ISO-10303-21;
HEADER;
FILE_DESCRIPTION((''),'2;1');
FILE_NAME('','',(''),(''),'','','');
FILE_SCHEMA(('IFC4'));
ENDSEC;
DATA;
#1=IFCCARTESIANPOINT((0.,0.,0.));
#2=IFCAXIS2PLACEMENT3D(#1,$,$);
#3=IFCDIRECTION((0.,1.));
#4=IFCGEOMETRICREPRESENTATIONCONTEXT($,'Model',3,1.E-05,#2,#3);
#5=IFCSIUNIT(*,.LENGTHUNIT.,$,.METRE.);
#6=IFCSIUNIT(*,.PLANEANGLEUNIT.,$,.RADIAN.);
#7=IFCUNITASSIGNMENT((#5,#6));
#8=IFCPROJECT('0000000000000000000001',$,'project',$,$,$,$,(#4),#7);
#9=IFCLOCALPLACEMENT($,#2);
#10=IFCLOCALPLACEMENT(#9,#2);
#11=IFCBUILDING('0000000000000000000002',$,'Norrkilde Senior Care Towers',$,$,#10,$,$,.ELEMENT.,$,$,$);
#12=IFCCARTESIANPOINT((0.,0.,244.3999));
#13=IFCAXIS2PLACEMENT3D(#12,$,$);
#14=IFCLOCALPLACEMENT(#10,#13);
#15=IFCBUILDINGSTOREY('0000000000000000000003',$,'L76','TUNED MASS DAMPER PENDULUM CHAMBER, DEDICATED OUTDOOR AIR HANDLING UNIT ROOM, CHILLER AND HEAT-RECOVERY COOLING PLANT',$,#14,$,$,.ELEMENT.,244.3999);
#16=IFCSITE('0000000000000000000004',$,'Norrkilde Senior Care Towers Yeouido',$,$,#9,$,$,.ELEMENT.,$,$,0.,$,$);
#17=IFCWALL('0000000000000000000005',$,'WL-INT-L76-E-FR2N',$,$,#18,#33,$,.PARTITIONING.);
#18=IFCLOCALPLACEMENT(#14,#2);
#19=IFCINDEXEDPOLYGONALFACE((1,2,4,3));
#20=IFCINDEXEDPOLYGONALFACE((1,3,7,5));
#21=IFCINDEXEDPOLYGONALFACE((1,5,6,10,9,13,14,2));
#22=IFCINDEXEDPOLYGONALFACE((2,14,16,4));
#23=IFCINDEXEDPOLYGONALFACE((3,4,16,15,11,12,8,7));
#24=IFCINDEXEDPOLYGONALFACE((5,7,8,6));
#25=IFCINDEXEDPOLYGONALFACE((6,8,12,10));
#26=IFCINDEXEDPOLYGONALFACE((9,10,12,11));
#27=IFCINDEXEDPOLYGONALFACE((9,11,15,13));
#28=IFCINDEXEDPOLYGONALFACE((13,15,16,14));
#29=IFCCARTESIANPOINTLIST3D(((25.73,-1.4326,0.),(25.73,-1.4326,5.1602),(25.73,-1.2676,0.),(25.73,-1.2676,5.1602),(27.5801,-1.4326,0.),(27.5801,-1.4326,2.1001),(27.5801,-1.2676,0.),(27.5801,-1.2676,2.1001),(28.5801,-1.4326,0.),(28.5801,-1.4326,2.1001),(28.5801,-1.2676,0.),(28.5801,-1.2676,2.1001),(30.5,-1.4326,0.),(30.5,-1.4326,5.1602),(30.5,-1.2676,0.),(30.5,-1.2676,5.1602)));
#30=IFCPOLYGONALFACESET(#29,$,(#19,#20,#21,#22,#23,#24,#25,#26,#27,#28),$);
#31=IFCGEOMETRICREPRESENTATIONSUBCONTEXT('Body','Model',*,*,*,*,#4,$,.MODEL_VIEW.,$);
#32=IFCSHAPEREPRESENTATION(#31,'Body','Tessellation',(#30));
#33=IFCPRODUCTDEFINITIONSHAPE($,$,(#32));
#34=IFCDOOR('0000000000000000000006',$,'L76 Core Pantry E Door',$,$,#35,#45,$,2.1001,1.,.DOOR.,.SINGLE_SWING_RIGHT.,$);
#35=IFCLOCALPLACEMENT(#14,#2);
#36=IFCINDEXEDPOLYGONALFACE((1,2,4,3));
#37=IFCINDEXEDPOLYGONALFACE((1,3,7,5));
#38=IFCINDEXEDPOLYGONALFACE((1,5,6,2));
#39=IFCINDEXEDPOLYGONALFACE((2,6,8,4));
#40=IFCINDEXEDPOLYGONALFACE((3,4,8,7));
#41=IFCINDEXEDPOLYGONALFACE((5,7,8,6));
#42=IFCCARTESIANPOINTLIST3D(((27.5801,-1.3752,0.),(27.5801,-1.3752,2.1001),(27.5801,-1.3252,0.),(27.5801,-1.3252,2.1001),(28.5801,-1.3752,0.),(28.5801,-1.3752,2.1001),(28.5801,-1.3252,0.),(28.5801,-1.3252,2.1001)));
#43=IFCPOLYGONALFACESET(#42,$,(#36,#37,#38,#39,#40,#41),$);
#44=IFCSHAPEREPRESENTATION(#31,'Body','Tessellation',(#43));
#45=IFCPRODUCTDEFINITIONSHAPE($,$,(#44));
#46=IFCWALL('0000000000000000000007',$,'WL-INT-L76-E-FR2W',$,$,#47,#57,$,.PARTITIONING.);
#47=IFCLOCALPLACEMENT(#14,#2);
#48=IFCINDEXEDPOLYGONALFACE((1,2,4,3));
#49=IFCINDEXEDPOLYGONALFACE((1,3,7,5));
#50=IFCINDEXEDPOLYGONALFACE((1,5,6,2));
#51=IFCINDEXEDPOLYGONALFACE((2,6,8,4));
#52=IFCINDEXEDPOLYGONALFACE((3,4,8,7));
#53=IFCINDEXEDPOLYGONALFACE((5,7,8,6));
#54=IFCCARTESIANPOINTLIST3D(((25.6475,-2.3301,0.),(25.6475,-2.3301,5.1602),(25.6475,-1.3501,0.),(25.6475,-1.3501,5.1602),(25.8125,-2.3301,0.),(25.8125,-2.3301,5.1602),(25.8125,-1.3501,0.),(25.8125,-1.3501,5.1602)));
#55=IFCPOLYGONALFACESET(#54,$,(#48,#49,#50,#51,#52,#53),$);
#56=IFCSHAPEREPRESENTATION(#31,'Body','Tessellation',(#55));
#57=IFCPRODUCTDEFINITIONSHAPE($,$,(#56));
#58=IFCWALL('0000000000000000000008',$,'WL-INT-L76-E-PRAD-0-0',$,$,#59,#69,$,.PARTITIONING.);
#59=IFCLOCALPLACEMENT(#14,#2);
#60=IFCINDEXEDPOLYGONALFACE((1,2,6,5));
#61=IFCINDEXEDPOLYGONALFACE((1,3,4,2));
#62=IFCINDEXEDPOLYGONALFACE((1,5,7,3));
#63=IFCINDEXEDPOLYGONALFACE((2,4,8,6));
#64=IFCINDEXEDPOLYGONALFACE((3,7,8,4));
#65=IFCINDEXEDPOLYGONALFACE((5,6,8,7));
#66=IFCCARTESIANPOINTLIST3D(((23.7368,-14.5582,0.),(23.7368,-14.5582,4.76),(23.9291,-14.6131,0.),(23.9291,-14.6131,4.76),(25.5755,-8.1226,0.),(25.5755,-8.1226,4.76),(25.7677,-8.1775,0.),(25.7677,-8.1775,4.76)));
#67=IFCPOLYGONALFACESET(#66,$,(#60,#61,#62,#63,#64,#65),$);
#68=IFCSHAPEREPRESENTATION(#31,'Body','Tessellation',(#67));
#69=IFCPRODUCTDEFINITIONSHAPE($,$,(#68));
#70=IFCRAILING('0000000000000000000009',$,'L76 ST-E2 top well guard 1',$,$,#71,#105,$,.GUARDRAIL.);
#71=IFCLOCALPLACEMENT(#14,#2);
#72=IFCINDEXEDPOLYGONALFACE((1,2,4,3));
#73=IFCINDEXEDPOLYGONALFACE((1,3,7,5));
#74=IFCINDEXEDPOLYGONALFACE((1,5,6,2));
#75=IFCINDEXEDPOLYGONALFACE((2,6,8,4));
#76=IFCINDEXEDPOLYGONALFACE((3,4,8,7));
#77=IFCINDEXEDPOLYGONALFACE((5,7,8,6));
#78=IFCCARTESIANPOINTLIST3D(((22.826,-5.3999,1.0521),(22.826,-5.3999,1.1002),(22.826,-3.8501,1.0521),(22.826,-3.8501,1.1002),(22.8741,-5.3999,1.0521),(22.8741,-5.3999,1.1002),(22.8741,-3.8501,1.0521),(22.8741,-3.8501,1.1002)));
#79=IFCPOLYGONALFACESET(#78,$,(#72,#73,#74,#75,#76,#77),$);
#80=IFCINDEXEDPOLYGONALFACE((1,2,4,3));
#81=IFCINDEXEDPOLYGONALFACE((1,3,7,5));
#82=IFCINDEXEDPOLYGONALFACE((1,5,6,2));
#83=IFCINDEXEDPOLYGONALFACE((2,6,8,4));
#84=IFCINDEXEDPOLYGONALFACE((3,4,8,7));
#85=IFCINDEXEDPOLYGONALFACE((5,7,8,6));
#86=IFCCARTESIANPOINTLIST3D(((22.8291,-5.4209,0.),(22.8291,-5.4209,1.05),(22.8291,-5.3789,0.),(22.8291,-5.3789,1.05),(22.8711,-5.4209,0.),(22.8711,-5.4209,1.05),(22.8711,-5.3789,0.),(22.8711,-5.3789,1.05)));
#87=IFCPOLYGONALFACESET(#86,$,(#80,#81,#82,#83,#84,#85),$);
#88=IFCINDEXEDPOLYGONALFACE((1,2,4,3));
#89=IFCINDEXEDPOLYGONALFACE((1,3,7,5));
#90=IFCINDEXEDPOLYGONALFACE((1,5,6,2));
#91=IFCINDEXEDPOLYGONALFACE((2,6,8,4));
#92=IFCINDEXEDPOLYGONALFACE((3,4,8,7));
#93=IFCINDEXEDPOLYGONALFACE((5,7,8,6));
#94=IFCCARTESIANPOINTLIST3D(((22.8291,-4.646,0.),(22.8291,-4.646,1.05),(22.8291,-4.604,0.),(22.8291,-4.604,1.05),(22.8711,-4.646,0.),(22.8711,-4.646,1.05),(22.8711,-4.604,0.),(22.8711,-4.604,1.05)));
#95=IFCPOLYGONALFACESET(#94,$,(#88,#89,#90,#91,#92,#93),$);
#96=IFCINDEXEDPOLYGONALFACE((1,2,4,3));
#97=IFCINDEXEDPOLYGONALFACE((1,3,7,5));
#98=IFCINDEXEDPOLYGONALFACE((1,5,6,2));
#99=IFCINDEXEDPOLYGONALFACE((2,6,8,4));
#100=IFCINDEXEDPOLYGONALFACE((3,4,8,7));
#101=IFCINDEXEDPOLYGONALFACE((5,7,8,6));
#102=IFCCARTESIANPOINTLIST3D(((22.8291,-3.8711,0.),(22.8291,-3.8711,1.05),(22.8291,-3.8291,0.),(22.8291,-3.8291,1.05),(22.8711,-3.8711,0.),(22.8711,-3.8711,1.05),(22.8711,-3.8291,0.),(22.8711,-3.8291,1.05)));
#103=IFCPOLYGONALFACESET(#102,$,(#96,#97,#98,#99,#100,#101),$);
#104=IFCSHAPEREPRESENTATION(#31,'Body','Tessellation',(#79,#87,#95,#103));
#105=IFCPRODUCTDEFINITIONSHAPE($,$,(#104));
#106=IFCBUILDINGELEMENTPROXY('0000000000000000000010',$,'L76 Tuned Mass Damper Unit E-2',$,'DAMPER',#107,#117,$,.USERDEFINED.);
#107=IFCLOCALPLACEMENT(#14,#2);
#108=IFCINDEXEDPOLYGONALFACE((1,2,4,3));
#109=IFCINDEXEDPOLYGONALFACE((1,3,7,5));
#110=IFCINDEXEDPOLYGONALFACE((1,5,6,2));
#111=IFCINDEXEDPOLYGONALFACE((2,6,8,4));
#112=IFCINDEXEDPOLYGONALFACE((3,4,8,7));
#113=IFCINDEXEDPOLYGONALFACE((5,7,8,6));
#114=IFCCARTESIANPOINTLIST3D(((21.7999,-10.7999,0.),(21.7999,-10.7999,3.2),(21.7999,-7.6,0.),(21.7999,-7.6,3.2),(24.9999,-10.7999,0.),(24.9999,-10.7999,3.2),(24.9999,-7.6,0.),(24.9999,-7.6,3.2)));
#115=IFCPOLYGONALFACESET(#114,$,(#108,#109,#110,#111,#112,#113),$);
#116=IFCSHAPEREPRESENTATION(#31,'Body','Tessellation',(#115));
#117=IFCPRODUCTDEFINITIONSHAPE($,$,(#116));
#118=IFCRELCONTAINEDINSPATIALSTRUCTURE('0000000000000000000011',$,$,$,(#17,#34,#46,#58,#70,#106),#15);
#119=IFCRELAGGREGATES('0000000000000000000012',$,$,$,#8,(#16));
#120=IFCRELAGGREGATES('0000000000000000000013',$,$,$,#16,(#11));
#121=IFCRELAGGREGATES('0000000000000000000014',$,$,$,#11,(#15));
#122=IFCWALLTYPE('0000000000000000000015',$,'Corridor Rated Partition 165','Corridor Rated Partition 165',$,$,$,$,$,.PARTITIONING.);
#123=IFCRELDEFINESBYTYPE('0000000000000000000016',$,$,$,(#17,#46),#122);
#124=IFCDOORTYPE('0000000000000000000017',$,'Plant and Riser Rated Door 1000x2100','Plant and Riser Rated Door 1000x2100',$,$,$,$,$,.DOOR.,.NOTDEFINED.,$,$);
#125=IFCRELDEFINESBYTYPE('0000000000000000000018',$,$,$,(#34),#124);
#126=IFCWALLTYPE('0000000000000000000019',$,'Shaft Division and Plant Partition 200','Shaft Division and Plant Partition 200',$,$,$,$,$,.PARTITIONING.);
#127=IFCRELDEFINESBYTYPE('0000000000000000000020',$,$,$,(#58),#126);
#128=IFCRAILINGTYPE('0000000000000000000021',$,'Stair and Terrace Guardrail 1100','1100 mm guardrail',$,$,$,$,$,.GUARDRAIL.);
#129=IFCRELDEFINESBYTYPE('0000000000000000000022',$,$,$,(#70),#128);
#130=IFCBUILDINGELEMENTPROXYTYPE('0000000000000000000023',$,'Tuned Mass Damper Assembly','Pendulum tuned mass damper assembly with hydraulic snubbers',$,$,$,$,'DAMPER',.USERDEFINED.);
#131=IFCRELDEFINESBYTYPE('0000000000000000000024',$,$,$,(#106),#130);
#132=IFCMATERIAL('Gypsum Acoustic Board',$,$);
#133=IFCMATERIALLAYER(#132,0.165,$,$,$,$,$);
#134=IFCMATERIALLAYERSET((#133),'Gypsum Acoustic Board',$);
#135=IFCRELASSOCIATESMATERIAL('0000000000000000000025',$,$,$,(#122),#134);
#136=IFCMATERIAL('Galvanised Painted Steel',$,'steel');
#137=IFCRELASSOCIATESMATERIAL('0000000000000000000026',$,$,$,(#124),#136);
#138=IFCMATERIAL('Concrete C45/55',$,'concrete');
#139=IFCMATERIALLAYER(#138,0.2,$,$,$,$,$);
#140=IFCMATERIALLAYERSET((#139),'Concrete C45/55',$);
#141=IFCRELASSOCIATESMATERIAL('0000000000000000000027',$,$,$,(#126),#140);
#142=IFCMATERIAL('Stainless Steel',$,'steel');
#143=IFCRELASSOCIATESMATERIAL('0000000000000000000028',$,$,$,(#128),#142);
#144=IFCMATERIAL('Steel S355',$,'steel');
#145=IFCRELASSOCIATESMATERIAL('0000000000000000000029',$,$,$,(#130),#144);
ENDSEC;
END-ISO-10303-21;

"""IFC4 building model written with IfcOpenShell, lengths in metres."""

from ifc_helpers import new_model, si_unit, direction, frame, frame_2d, origin, origin_2d, place, context, subcontext, project, spatial, rectangle, extrude, source, transform, mapped, material, layer, layer_set, type_object, type_shapes, element, fill, save


model = new_model("IFC4")

# Units and contexts
model_context = context("Model", 3, precision=1e-05, world=origin(), true_north=direction((0.0, 1.0)))
body_context = subcontext(model_context, "Body", "Model", "MODEL_VIEW")
ifc_project = project(units=[si_unit("LENGTHUNIT", "METRE"), si_unit("PLANEANGLEUNIT", "RADIAN")], contexts=[model_context])

# Site, building, storey
site_placement = place(None, origin())
site = spatial("IfcSite", under=ifc_project, at=site_placement, Name="Norrkilde Senior Care Towers Yeouido", CompositionType="ELEMENT", RefElevation=0.0)
building_placement = place(site_placement, origin())
building = spatial("IfcBuilding", under=site, at=building_placement, Name="Norrkilde Senior Care Towers", CompositionType="ELEMENT")
storey_placement = place(building_placement, frame((0.0, 0.0, 244.3999)))
storey = spatial("IfcBuildingStorey", under=building, at=storey_placement, Name="L76", Description="TUNED MASS DAMPER PENDULUM CHAMBER, DEDICATED OUTDOOR AIR HANDLING UNIT ROOM, CHILLER AND HEAT-RECOVERY COOLING PLANT", CompositionType="ELEMENT", Elevation=244.3999)

# Shared definitions
ifc_material_1 = material(Name="Steel S355", Category="steel")

# Shared definitions
ifc_material_2 = material(Name="Galvanised Painted Steel", Category="steel")
ifc_material_3 = material(Name="Concrete C45/55", Category="concrete")

# Wall, opening, door
ifc_material_4 = material(Name="Gypsum Acoustic Board")
ifc_layer_1 = layer(ifc_material_4, 0.165)
ifc_layer_set_1 = layer_set([ifc_layer_1], Name="Gypsum Acoustic Board")
wall_type_1 = type_object("IfcWallType", Name="Corridor Rated Partition 165", Description="Corridor Rated Partition 165", PredefinedType="PARTITIONING", material=ifc_layer_set_1)
shared_shape_1 = source(origin(), body_context, "Body", "SweptSolid", [
    extrude(rectangle(XDim=4.77, YDim=0.165, at=frame_2d((2.385, 0.0))), origin(), (0.0, 0.0, 1.0), 5.1602),
])
wall_1_placement = place(storey_placement, frame((25.73, -1.3501, 0.0), z_axis=(0.0, 0.0, 1.0), x_axis=(1.0, 0.0, 0.0)))
wall_1 = element("IfcWall", 1, at=wall_1_placement, inside=storey, type_object=wall_type_1, Name="WL-INT-L76-E-FR2N", PredefinedType="PARTITIONING", context=body_context, shape_type="MappedRepresentation", body=[
    mapped(shared_shape_1, transform((0.0, 0.0, 0.0), x_axis=(1.0, 0.0, 0.0), y_axis=(0.0, 1.0, 0.0), z_axis=(0.0, 0.0, 1.0), scale=1.0)),
])
opening_1_placement = place(wall_1_placement, frame((1.8501, 0.0, 0.0)))
opening_1 = element("IfcOpeningElement", 2, at=opening_1_placement, cuts=wall_1, PredefinedType="OPENING", context=body_context, shape_type="SweptSolid", body=[
    extrude(rectangle(XDim=1.0, YDim=2.1001, at=frame_2d((0.5, 1.05))), frame((0.0, 0.0925, 0.0), z_axis=(0.0, -1.0, 0.0), x_axis=(1.0, 0.0, 0.0)), (0.0, 0.0, 1.0), 0.1851),
])
door_type_1 = type_object("IfcDoorType", Name="Plant and Riser Rated Door 1000x2100", Description="Plant and Riser Rated Door 1000x2100", OperationType="NOTDEFINED", PredefinedType="DOOR", material=ifc_material_2)
shared_shape_2 = source(origin(), body_context, "Body", "SweptSolid", [
    extrude(rectangle(XDim=1.0, YDim=2.1001, at=frame_2d((0.5, 1.05))), frame((0.0, 0.0249, 0.0), z_axis=(0.0, -1.0, 0.0), x_axis=(1.0, 0.0, 0.0)), (0.0, 0.0, 1.0), 0.05),
])
type_shapes(door_type_1, [shared_shape_2])
door_1_placement = place(opening_1_placement, origin())
door_1 = element("IfcDoor", 3, at=door_1_placement, inside=storey, type_object=door_type_1, Name="L76 Core Pantry E Door", OperationType="SINGLE_SWING_RIGHT", OverallHeight=2.1001, OverallWidth=1.0, PredefinedType="DOOR", context=body_context, shape_type="MappedRepresentation", body=[
    mapped(shared_shape_2, transform((0.0, 0.0, 0.0), x_axis=(1.0, 0.0, 0.0), y_axis=(0.0, 1.0, 0.0), z_axis=(0.0, 0.0, 1.0), scale=1.0)),
])
fill(opening_1, door_1)

# Walls
shared_shape_3 = source(origin(), body_context, "Body", "SweptSolid", [
    extrude(rectangle(XDim=0.98, YDim=0.165, at=frame_2d((0.49, 0.0))), origin(), (0.0, 0.0, 1.0), 5.1602),
])
type_shapes(wall_type_1, [shared_shape_1, shared_shape_3])
wall_2_placement = place(storey_placement, frame((25.73, -2.3301, 0.0), z_axis=(0.0, 0.0, 1.0), x_axis=(0.0, 1.0, 0.0)))
element("IfcWall", 4, at=wall_2_placement, inside=storey, type_object=wall_type_1, Name="WL-INT-L76-E-FR2W", PredefinedType="PARTITIONING", context=body_context, shape_type="MappedRepresentation", body=[
    mapped(shared_shape_3, transform((0.0, 0.0, 0.0), x_axis=(1.0, 0.0, 0.0), y_axis=(0.0, 1.0, 0.0), z_axis=(0.0, 0.0, 1.0), scale=1.0)),
])
ifc_layer_2 = layer(ifc_material_3, 0.2)
ifc_layer_set_2 = layer_set([ifc_layer_2], Name="Concrete C45/55")
wall_type_2 = type_object("IfcWallType", Name="Shaft Division and Plant Partition 200", Description="Shaft Division and Plant Partition 200", PredefinedType="PARTITIONING", material=ifc_layer_set_2)
shared_shape_4 = source(origin(), body_context, "Body", "SweptSolid", [
    extrude(rectangle(XDim=6.6931, YDim=0.2, at=frame_2d((3.3467, 0.0))), origin(), (0.0, 0.0, 1.0), 4.76),
])
type_shapes(wall_type_2, [shared_shape_4])
wall_3_placement = place(storey_placement, frame((25.6716, -8.1499, 0.0), z_axis=(0.0, 0.0, 1.0), x_axis=(-0.274707, -0.961528, 0.0)))
element("IfcWall", 5, at=wall_3_placement, inside=storey, type_object=wall_type_2, Name="WL-INT-L76-E-PRAD-0-0", PredefinedType="PARTITIONING", context=body_context, shape_type="MappedRepresentation", body=[
    mapped(shared_shape_4, transform((0.0, 0.0, 0.0), x_axis=(1.0, 0.0, 0.0), y_axis=(0.0, 1.0, 0.0), z_axis=(0.0, 0.0, 1.0), scale=1.0)),
])

# Railing
ifc_material_5 = material(Name="Stainless Steel", Category="steel")
railing_type = type_object("IfcRailingType", Name="Stair and Terrace Guardrail 1100", Description="1100 mm guardrail", PredefinedType="GUARDRAIL", material=ifc_material_5)
railing_placement = place(storey_placement, frame((22.8501, -5.3999, 0.0)))
element("IfcRailing", 6, at=railing_placement, inside=storey, type_object=railing_type, Name="L76 ST-E2 top well guard 1", PredefinedType="GUARDRAIL", context=body_context, shape_type="SweptSolid", body=[
    extrude(rectangle(XDim=0.0481, YDim=0.0481, at=origin_2d()), frame((0.0, 0.0, 1.0762), z_axis=(0.0, 1.0, 0.0), x_axis=(-1.0, 0.0, 0.0)), (0.0, 0.0, 1.0), 1.5498),
    extrude(rectangle(XDim=0.042, YDim=0.042, at=origin_2d()), origin(), (0.0, 0.0, 1.0), 1.05),
    extrude(rectangle(XDim=0.042, YDim=0.042, at=origin_2d()), frame((0.0, 0.7749, 0.0)), (0.0, 0.0, 1.0), 1.05),
    extrude(rectangle(XDim=0.042, YDim=0.042, at=origin_2d()), frame((0.0, 1.5498, 0.0)), (0.0, 0.0, 1.0), 1.05),
])

# Building element proxy
building_element_proxy_type = type_object("IfcBuildingElementProxyType", Name="Tuned Mass Damper Assembly", Description="Pendulum tuned mass damper assembly with hydraulic snubbers", ElementType="DAMPER", PredefinedType="USERDEFINED", material=ifc_material_1)
shared_shape_5 = source(origin(), body_context, "Body", "SweptSolid", [
    extrude(rectangle(XDim=3.2, YDim=3.2, at=origin_2d()), origin(), (0.0, 0.0, 1.0), 3.2),
])
type_shapes(building_element_proxy_type, [shared_shape_5])
proxy_placement = place(storey_placement, frame((23.3999, -9.2, 0.0), z_axis=(0.0, 0.0, 1.0), x_axis=(1.0, 0.0, 0.0)))
element("IfcBuildingElementProxy", 7, at=proxy_placement, inside=storey, type_object=building_element_proxy_type, Name="L76 Tuned Mass Damper Unit E-2", ObjectType="DAMPER", PredefinedType="USERDEFINED", context=body_context, shape_type="MappedRepresentation", body=[
    mapped(shared_shape_5, transform((0.0, 0.0, 0.0), x_axis=(1.0, 0.0, 0.0), y_axis=(0.0, 1.0, 0.0), z_axis=(0.0, 0.0, 1.0), scale=1.0)),
])

save(model, "model.ifc")
